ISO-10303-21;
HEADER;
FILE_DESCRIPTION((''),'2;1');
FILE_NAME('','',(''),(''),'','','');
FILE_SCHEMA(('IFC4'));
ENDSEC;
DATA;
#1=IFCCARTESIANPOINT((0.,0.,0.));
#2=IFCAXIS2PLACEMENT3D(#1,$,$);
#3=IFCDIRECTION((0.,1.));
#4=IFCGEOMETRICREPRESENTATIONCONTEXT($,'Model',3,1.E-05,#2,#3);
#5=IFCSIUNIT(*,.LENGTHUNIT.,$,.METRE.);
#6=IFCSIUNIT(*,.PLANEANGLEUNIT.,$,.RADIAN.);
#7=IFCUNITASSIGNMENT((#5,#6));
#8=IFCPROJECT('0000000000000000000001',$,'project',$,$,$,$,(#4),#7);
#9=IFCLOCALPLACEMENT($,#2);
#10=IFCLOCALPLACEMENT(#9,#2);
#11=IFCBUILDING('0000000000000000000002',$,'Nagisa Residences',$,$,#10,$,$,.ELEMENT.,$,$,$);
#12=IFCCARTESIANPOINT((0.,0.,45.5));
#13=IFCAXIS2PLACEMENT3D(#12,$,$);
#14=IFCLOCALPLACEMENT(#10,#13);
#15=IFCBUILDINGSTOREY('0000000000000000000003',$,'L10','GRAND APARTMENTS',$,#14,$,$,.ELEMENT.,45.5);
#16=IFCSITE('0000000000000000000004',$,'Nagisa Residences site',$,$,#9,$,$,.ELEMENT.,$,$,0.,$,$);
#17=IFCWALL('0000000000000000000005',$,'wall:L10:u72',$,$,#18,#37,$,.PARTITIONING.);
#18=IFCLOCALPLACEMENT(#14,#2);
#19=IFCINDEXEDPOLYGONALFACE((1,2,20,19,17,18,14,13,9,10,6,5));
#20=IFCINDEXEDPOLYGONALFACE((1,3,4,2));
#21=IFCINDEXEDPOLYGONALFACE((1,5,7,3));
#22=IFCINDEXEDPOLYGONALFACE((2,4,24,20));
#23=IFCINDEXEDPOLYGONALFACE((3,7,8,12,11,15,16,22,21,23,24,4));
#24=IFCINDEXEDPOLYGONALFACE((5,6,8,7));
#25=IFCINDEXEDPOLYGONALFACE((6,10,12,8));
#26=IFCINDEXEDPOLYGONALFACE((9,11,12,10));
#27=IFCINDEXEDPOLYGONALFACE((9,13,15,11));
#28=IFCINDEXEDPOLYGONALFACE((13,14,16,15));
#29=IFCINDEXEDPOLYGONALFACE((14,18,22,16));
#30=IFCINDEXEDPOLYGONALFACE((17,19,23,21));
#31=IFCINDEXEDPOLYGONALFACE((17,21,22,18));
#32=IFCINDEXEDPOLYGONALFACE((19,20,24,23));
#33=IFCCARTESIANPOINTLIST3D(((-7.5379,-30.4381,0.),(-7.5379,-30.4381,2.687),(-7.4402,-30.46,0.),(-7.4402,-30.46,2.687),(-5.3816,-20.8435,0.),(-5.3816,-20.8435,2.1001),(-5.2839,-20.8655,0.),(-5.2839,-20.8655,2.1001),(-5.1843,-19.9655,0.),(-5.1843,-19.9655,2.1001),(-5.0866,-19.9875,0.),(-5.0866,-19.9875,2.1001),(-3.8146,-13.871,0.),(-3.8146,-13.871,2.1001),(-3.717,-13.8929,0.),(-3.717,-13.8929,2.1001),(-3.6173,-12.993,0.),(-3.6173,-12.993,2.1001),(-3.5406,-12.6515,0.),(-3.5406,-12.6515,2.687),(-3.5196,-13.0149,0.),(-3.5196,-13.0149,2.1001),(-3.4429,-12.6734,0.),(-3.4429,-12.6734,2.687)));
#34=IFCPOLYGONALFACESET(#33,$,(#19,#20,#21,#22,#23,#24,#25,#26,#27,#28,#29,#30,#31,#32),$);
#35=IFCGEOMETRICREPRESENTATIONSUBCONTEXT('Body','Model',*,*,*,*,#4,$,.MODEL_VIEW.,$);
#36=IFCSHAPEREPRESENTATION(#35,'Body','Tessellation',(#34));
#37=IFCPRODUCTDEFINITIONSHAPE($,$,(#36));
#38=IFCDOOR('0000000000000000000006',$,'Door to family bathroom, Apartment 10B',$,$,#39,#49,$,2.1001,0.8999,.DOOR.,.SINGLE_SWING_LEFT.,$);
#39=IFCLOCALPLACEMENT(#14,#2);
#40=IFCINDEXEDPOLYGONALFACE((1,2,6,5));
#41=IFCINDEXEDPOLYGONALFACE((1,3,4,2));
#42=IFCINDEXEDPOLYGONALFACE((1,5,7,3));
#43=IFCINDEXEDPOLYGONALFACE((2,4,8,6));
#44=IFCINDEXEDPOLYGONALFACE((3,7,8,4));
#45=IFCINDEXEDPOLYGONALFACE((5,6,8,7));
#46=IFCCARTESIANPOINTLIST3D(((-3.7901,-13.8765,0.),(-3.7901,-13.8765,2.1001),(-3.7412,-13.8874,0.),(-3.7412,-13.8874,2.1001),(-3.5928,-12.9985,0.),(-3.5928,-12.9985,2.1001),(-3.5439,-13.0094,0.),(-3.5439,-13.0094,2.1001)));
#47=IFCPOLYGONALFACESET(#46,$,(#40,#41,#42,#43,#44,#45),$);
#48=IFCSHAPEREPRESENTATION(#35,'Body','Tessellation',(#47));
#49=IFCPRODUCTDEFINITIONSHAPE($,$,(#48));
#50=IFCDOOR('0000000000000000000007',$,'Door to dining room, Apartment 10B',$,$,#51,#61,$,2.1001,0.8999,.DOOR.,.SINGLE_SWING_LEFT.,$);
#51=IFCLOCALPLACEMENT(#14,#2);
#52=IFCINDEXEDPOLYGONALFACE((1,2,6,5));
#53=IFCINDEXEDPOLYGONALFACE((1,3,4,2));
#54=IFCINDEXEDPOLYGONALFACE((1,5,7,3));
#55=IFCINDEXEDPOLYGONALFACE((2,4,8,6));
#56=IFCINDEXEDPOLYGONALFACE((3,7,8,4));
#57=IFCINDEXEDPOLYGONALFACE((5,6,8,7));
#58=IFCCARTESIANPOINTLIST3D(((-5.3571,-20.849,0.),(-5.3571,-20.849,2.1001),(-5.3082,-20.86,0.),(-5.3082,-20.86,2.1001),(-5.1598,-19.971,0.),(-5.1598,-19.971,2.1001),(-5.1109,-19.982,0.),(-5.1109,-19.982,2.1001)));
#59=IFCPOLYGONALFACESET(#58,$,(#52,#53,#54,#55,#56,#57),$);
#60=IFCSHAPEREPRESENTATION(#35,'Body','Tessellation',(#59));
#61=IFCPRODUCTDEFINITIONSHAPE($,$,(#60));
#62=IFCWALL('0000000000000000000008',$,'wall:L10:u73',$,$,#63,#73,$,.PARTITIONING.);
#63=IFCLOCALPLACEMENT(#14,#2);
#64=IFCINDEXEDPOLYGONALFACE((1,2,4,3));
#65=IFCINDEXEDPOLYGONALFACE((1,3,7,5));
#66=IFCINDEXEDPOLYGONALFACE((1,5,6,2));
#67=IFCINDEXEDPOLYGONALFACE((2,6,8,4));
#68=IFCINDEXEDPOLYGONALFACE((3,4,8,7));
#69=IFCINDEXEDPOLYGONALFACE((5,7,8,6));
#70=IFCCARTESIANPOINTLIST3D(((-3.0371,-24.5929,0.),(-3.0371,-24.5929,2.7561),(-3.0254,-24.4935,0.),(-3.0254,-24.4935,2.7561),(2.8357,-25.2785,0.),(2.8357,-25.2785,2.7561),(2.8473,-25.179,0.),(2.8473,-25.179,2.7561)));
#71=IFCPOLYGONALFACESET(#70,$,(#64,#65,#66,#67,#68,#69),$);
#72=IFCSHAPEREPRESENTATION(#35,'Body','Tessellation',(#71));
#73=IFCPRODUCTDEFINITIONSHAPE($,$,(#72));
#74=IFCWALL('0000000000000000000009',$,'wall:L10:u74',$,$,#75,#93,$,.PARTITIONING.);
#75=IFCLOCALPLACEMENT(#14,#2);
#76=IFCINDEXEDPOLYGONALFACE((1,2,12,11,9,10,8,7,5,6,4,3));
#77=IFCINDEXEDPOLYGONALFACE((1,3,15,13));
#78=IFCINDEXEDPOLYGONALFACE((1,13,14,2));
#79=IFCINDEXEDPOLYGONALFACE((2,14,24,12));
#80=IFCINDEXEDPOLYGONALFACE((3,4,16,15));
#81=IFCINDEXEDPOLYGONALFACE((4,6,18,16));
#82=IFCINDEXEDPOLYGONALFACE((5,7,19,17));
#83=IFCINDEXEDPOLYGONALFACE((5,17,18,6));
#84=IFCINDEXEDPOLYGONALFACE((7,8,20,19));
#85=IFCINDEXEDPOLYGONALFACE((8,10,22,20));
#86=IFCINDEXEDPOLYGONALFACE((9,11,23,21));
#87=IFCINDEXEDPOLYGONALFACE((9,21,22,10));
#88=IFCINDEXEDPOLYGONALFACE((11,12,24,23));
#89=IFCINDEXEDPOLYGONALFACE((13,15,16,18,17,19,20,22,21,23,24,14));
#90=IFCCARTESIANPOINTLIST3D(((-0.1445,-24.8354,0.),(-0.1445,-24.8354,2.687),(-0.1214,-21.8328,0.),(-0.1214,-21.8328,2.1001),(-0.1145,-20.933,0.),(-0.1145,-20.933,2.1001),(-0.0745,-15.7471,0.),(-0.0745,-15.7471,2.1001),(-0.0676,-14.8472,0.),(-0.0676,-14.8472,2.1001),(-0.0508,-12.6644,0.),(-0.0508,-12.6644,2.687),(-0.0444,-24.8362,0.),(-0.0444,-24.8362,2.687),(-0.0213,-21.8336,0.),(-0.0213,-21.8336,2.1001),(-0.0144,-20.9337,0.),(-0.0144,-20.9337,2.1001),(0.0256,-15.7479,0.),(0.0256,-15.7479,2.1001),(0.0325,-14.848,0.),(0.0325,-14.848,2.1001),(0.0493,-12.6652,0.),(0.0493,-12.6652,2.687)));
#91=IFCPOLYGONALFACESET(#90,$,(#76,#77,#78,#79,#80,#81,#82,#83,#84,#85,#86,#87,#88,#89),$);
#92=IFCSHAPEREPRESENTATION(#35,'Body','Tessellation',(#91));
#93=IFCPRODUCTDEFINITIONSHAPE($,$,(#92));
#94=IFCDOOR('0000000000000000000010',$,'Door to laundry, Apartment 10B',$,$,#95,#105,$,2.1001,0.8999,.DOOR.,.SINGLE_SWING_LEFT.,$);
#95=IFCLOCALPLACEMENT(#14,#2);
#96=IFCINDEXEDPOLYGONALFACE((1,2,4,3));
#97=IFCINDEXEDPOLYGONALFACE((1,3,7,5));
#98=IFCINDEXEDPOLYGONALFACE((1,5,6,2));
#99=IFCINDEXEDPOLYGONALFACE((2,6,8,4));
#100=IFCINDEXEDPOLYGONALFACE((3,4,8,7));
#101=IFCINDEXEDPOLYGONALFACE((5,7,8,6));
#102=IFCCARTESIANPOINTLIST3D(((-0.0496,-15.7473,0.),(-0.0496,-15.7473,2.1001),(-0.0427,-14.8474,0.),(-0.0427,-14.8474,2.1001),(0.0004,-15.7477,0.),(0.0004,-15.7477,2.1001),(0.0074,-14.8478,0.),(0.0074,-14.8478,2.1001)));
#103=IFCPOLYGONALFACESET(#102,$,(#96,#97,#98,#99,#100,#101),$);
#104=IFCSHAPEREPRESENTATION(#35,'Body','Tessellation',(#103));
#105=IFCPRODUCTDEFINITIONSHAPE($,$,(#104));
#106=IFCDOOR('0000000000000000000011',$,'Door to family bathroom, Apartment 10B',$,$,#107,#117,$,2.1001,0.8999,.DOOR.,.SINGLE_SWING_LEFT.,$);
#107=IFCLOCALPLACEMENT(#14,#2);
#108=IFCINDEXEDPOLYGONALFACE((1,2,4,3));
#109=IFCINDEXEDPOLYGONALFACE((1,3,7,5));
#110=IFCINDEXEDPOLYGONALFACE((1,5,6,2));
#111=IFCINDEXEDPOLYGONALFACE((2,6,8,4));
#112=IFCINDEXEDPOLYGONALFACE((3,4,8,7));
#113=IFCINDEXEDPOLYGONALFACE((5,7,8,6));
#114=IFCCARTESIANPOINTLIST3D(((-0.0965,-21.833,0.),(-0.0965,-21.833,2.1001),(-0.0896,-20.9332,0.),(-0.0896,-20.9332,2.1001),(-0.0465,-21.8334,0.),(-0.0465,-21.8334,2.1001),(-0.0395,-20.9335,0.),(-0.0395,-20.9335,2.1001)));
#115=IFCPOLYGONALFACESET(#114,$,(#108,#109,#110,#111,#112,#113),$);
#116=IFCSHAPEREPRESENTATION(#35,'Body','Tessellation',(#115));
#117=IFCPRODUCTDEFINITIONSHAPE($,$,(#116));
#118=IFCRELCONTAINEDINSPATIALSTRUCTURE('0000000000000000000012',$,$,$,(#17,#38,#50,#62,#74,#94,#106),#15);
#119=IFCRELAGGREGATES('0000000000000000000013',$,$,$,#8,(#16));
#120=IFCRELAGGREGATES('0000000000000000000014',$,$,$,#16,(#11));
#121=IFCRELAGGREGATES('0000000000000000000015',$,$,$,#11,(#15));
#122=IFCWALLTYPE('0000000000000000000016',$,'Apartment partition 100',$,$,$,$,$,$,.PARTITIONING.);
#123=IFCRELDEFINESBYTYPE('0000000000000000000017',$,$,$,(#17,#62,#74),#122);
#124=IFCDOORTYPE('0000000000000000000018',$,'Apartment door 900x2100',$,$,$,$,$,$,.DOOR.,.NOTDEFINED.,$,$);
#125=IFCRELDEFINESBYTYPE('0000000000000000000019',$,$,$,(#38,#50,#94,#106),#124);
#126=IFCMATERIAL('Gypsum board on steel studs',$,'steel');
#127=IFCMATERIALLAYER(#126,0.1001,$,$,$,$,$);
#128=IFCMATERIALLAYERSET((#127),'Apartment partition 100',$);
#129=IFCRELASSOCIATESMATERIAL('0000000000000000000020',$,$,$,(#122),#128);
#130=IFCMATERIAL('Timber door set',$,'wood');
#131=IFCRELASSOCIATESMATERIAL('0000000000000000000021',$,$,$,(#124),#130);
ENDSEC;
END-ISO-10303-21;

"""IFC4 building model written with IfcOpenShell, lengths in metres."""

from ifc_helpers import new_model, si_unit, direction, frame, frame_2d, origin, place, context, subcontext, project, spatial, rectangle, extrude, material, layer, layer_set, type_object, element, fill, save


model = new_model("IFC4")

# Units and contexts
model_context = context("Model", 3, precision=1e-05, world=origin(), true_north=direction((0.0, 1.0)))
body_context = subcontext(model_context, "Body", "Model", "MODEL_VIEW")
ifc_project = project(units=[si_unit("LENGTHUNIT", "METRE"), si_unit("PLANEANGLEUNIT", "RADIAN")], contexts=[model_context])

# Site, building, storey
site_placement = place(None, origin())
site = spatial("IfcSite", under=ifc_project, at=site_placement, Name="Nagisa Residences site", CompositionType="ELEMENT", RefElevation=0.0)
building_placement = place(site_placement, origin())
building = spatial("IfcBuilding", under=site, at=building_placement, Name="Nagisa Residences", CompositionType="ELEMENT")
storey_placement = place(building_placement, frame((0.0, 0.0, 45.5)))
storey = spatial("IfcBuildingStorey", under=building, at=storey_placement, Name="L10", Description="GRAND APARTMENTS", CompositionType="ELEMENT", Elevation=45.5)

# Shared definitions
ifc_material_1 = material(Name="Gypsum board on steel studs", Category="steel")
ifc_layer_1 = layer(ifc_material_1, 0.1001)
ifc_layer_set_1 = layer_set([ifc_layer_1], Name="Apartment partition 100")
wall_type_1 = type_object("IfcWallType", Name="Apartment partition 100", PredefinedType="PARTITIONING", material=ifc_layer_set_1)
ifc_material_2 = material(Name="Timber door set", Category="wood")
door_type_1 = type_object("IfcDoorType", Name="Apartment door 900x2100", OperationType="NOTDEFINED", PredefinedType="DOOR", material=ifc_material_2)

# Wall, openings, doors
wall_1_placement = place(storey_placement, frame((-3.4917, -12.6624, 0.0), z_axis=(0.0, 0.0, 1.0), x_axis=(-0.219268, -0.975665, 0.0)))
wall_1 = element("IfcWall", 1, at=wall_1_placement, inside=storey, type_object=wall_type_1, Name="wall:L10:u72", PredefinedType="PARTITIONING", context=body_context, shape_type="SweptSolid", body=[
    extrude(rectangle(XDim=18.2302, YDim=0.1001, at=frame_2d((9.1152, 0.0))), origin(), (0.0, 0.0, 1.0), 2.687),
])
opening_1_placement = place(wall_1_placement, frame((0.3501, 0.0, 0.0)))
opening_1 = element("IfcOpeningElement", 2, at=opening_1_placement, cuts=wall_1, PredefinedType="OPENING", context=body_context, shape_type="SweptSolid", body=[
    extrude(rectangle(XDim=0.8999, YDim=2.1001, at=frame_2d((0.45, 1.05))), frame((0.0, 0.0601, 0.0), z_axis=(0.0, -1.0, 0.0), x_axis=(1.0, 0.0, 0.0)), (0.0, 0.0, 1.0), 0.1201),
])
opening_2_placement = place(wall_1_placement, frame((7.4966, 0.0, 0.0)))
opening_2 = element("IfcOpeningElement", 3, at=opening_2_placement, cuts=wall_1, PredefinedType="OPENING", context=body_context, shape_type="SweptSolid", body=[
    extrude(rectangle(XDim=0.8999, YDim=2.1001, at=frame_2d((0.45, 1.05))), frame((0.0, 0.0601, 0.0), z_axis=(0.0, -1.0, 0.0), x_axis=(1.0, 0.0, 0.0)), (0.0, 0.0, 1.0), 0.1201),
])
door_1_placement = place(opening_1_placement, frame((0.8999, 0.0, 0.0), x_axis=(-1.0, 0.0, 0.0)))
door_1 = element("IfcDoor", 4, at=door_1_placement, inside=storey, type_object=door_type_1, Name="Door to family bathroom, Apartment 10B", OperationType="SINGLE_SWING_LEFT", OverallHeight=2.1001, OverallWidth=0.8999, PredefinedType="DOOR", context=body_context, shape_type="SweptSolid", body=[
    extrude(rectangle(XDim=0.8999, YDim=2.1001, at=frame_2d((0.45, 1.05))), frame((0.0, 0.0249, 0.0), z_axis=(0.0, -1.0, 0.0), x_axis=(1.0, 0.0, 0.0)), (0.0, 0.0, 1.0), 0.05),
])
fill(opening_1, door_1)
door_2_placement = place(opening_2_placement, frame((0.8999, 0.0, 0.0), x_axis=(-1.0, 0.0, 0.0)))
door_2 = element("IfcDoor", 5, at=door_2_placement, inside=storey, type_object=door_type_1, Name="Door to dining room, Apartment 10B", OperationType="SINGLE_SWING_LEFT", OverallHeight=2.1001, OverallWidth=0.8999, PredefinedType="DOOR", context=body_context, shape_type="SweptSolid", body=[
    extrude(rectangle(XDim=0.8999, YDim=2.1001, at=frame_2d((0.45, 1.05))), frame((0.0, 0.0249, 0.0), z_axis=(0.0, -1.0, 0.0), x_axis=(1.0, 0.0, 0.0)), (0.0, 0.0, 1.0), 0.05),
])
fill(opening_2, door_2)

# Wall
wall_2_placement = place(storey_placement, frame((-3.0312, -24.5432, 0.0), z_axis=(0.0, 0.0, 1.0), x_axis=(0.993256, -0.115945, 0.0)))
element("IfcWall", 6, at=wall_2_placement, inside=storey, type_object=wall_type_1, Name="wall:L10:u73", PredefinedType="PARTITIONING", context=body_context, shape_type="SweptSolid", body=[
    extrude(rectangle(XDim=5.9126, YDim=0.1001, at=frame_2d((2.9563, 0.0))), origin(), (0.0, 0.0, 1.0), 2.7561),
])

# Wall, openings, doors
wall_3_placement = place(storey_placement, frame((-0.0007, -12.6648, 0.0), z_axis=(0.0, 0.0, 1.0), x_axis=(-0.007702, -0.99997, 0.0)))
wall_3 = element("IfcWall", 7, at=wall_3_placement, inside=storey, type_object=wall_type_1, Name="wall:L10:u74", PredefinedType="PARTITIONING", context=body_context, shape_type="SweptSolid", body=[
    extrude(rectangle(XDim=12.1714, YDim=0.1001, at=frame_2d((6.0857, 0.0))), origin(), (0.0, 0.0, 1.0), 2.687),
])
opening_3_placement = place(wall_3_placement, frame((2.1829, 0.0, 0.0)))
opening_3 = element("IfcOpeningElement", 8, at=opening_3_placement, cuts=wall_3, PredefinedType="OPENING", context=body_context, shape_type="SweptSolid", body=[
    extrude(rectangle(XDim=0.8999, YDim=2.1001, at=frame_2d((0.45, 1.05))), frame((0.0, 0.0601, 0.0), z_axis=(0.0, -1.0, 0.0), x_axis=(1.0, 0.0, 0.0)), (0.0, 0.0, 1.0), 0.1201),
])
opening_4_placement = place(wall_3_placement, frame((8.2688, 0.0, 0.0)))
opening_4 = element("IfcOpeningElement", 9, at=opening_4_placement, cuts=wall_3, PredefinedType="OPENING", context=body_context, shape_type="SweptSolid", body=[
    extrude(rectangle(XDim=0.8999, YDim=2.1001, at=frame_2d((0.45, 1.05))), frame((0.0, 0.0601, 0.0), z_axis=(0.0, -1.0, 0.0), x_axis=(1.0, 0.0, 0.0)), (0.0, 0.0, 1.0), 0.1201),
])
door_3_placement = place(opening_3_placement, origin())
door_3 = element("IfcDoor", 10, at=door_3_placement, inside=storey, type_object=door_type_1, Name="Door to laundry, Apartment 10B", OperationType="SINGLE_SWING_LEFT", OverallHeight=2.1001, OverallWidth=0.8999, PredefinedType="DOOR", context=body_context, shape_type="SweptSolid", body=[
    extrude(rectangle(XDim=0.8999, YDim=2.1001, at=frame_2d((0.45, 1.05))), frame((0.0, 0.0249, 0.0), z_axis=(0.0, -1.0, 0.0), x_axis=(1.0, 0.0, 0.0)), (0.0, 0.0, 1.0), 0.05),
])
fill(opening_3, door_3)
door_4_placement = place(opening_4_placement, origin())
door_4 = element("IfcDoor", 11, at=door_4_placement, inside=storey, type_object=door_type_1, Name="Door to family bathroom, Apartment 10B", OperationType="SINGLE_SWING_LEFT", OverallHeight=2.1001, OverallWidth=0.8999, PredefinedType="DOOR", context=body_context, shape_type="SweptSolid", body=[
    extrude(rectangle(XDim=0.8999, YDim=2.1001, at=frame_2d((0.45, 1.05))), frame((0.0, 0.0249, 0.0), z_axis=(0.0, -1.0, 0.0), x_axis=(1.0, 0.0, 0.0)), (0.0, 0.0, 1.0), 0.05),
])
fill(opening_4, door_4)

save(model, "model.ifc")
